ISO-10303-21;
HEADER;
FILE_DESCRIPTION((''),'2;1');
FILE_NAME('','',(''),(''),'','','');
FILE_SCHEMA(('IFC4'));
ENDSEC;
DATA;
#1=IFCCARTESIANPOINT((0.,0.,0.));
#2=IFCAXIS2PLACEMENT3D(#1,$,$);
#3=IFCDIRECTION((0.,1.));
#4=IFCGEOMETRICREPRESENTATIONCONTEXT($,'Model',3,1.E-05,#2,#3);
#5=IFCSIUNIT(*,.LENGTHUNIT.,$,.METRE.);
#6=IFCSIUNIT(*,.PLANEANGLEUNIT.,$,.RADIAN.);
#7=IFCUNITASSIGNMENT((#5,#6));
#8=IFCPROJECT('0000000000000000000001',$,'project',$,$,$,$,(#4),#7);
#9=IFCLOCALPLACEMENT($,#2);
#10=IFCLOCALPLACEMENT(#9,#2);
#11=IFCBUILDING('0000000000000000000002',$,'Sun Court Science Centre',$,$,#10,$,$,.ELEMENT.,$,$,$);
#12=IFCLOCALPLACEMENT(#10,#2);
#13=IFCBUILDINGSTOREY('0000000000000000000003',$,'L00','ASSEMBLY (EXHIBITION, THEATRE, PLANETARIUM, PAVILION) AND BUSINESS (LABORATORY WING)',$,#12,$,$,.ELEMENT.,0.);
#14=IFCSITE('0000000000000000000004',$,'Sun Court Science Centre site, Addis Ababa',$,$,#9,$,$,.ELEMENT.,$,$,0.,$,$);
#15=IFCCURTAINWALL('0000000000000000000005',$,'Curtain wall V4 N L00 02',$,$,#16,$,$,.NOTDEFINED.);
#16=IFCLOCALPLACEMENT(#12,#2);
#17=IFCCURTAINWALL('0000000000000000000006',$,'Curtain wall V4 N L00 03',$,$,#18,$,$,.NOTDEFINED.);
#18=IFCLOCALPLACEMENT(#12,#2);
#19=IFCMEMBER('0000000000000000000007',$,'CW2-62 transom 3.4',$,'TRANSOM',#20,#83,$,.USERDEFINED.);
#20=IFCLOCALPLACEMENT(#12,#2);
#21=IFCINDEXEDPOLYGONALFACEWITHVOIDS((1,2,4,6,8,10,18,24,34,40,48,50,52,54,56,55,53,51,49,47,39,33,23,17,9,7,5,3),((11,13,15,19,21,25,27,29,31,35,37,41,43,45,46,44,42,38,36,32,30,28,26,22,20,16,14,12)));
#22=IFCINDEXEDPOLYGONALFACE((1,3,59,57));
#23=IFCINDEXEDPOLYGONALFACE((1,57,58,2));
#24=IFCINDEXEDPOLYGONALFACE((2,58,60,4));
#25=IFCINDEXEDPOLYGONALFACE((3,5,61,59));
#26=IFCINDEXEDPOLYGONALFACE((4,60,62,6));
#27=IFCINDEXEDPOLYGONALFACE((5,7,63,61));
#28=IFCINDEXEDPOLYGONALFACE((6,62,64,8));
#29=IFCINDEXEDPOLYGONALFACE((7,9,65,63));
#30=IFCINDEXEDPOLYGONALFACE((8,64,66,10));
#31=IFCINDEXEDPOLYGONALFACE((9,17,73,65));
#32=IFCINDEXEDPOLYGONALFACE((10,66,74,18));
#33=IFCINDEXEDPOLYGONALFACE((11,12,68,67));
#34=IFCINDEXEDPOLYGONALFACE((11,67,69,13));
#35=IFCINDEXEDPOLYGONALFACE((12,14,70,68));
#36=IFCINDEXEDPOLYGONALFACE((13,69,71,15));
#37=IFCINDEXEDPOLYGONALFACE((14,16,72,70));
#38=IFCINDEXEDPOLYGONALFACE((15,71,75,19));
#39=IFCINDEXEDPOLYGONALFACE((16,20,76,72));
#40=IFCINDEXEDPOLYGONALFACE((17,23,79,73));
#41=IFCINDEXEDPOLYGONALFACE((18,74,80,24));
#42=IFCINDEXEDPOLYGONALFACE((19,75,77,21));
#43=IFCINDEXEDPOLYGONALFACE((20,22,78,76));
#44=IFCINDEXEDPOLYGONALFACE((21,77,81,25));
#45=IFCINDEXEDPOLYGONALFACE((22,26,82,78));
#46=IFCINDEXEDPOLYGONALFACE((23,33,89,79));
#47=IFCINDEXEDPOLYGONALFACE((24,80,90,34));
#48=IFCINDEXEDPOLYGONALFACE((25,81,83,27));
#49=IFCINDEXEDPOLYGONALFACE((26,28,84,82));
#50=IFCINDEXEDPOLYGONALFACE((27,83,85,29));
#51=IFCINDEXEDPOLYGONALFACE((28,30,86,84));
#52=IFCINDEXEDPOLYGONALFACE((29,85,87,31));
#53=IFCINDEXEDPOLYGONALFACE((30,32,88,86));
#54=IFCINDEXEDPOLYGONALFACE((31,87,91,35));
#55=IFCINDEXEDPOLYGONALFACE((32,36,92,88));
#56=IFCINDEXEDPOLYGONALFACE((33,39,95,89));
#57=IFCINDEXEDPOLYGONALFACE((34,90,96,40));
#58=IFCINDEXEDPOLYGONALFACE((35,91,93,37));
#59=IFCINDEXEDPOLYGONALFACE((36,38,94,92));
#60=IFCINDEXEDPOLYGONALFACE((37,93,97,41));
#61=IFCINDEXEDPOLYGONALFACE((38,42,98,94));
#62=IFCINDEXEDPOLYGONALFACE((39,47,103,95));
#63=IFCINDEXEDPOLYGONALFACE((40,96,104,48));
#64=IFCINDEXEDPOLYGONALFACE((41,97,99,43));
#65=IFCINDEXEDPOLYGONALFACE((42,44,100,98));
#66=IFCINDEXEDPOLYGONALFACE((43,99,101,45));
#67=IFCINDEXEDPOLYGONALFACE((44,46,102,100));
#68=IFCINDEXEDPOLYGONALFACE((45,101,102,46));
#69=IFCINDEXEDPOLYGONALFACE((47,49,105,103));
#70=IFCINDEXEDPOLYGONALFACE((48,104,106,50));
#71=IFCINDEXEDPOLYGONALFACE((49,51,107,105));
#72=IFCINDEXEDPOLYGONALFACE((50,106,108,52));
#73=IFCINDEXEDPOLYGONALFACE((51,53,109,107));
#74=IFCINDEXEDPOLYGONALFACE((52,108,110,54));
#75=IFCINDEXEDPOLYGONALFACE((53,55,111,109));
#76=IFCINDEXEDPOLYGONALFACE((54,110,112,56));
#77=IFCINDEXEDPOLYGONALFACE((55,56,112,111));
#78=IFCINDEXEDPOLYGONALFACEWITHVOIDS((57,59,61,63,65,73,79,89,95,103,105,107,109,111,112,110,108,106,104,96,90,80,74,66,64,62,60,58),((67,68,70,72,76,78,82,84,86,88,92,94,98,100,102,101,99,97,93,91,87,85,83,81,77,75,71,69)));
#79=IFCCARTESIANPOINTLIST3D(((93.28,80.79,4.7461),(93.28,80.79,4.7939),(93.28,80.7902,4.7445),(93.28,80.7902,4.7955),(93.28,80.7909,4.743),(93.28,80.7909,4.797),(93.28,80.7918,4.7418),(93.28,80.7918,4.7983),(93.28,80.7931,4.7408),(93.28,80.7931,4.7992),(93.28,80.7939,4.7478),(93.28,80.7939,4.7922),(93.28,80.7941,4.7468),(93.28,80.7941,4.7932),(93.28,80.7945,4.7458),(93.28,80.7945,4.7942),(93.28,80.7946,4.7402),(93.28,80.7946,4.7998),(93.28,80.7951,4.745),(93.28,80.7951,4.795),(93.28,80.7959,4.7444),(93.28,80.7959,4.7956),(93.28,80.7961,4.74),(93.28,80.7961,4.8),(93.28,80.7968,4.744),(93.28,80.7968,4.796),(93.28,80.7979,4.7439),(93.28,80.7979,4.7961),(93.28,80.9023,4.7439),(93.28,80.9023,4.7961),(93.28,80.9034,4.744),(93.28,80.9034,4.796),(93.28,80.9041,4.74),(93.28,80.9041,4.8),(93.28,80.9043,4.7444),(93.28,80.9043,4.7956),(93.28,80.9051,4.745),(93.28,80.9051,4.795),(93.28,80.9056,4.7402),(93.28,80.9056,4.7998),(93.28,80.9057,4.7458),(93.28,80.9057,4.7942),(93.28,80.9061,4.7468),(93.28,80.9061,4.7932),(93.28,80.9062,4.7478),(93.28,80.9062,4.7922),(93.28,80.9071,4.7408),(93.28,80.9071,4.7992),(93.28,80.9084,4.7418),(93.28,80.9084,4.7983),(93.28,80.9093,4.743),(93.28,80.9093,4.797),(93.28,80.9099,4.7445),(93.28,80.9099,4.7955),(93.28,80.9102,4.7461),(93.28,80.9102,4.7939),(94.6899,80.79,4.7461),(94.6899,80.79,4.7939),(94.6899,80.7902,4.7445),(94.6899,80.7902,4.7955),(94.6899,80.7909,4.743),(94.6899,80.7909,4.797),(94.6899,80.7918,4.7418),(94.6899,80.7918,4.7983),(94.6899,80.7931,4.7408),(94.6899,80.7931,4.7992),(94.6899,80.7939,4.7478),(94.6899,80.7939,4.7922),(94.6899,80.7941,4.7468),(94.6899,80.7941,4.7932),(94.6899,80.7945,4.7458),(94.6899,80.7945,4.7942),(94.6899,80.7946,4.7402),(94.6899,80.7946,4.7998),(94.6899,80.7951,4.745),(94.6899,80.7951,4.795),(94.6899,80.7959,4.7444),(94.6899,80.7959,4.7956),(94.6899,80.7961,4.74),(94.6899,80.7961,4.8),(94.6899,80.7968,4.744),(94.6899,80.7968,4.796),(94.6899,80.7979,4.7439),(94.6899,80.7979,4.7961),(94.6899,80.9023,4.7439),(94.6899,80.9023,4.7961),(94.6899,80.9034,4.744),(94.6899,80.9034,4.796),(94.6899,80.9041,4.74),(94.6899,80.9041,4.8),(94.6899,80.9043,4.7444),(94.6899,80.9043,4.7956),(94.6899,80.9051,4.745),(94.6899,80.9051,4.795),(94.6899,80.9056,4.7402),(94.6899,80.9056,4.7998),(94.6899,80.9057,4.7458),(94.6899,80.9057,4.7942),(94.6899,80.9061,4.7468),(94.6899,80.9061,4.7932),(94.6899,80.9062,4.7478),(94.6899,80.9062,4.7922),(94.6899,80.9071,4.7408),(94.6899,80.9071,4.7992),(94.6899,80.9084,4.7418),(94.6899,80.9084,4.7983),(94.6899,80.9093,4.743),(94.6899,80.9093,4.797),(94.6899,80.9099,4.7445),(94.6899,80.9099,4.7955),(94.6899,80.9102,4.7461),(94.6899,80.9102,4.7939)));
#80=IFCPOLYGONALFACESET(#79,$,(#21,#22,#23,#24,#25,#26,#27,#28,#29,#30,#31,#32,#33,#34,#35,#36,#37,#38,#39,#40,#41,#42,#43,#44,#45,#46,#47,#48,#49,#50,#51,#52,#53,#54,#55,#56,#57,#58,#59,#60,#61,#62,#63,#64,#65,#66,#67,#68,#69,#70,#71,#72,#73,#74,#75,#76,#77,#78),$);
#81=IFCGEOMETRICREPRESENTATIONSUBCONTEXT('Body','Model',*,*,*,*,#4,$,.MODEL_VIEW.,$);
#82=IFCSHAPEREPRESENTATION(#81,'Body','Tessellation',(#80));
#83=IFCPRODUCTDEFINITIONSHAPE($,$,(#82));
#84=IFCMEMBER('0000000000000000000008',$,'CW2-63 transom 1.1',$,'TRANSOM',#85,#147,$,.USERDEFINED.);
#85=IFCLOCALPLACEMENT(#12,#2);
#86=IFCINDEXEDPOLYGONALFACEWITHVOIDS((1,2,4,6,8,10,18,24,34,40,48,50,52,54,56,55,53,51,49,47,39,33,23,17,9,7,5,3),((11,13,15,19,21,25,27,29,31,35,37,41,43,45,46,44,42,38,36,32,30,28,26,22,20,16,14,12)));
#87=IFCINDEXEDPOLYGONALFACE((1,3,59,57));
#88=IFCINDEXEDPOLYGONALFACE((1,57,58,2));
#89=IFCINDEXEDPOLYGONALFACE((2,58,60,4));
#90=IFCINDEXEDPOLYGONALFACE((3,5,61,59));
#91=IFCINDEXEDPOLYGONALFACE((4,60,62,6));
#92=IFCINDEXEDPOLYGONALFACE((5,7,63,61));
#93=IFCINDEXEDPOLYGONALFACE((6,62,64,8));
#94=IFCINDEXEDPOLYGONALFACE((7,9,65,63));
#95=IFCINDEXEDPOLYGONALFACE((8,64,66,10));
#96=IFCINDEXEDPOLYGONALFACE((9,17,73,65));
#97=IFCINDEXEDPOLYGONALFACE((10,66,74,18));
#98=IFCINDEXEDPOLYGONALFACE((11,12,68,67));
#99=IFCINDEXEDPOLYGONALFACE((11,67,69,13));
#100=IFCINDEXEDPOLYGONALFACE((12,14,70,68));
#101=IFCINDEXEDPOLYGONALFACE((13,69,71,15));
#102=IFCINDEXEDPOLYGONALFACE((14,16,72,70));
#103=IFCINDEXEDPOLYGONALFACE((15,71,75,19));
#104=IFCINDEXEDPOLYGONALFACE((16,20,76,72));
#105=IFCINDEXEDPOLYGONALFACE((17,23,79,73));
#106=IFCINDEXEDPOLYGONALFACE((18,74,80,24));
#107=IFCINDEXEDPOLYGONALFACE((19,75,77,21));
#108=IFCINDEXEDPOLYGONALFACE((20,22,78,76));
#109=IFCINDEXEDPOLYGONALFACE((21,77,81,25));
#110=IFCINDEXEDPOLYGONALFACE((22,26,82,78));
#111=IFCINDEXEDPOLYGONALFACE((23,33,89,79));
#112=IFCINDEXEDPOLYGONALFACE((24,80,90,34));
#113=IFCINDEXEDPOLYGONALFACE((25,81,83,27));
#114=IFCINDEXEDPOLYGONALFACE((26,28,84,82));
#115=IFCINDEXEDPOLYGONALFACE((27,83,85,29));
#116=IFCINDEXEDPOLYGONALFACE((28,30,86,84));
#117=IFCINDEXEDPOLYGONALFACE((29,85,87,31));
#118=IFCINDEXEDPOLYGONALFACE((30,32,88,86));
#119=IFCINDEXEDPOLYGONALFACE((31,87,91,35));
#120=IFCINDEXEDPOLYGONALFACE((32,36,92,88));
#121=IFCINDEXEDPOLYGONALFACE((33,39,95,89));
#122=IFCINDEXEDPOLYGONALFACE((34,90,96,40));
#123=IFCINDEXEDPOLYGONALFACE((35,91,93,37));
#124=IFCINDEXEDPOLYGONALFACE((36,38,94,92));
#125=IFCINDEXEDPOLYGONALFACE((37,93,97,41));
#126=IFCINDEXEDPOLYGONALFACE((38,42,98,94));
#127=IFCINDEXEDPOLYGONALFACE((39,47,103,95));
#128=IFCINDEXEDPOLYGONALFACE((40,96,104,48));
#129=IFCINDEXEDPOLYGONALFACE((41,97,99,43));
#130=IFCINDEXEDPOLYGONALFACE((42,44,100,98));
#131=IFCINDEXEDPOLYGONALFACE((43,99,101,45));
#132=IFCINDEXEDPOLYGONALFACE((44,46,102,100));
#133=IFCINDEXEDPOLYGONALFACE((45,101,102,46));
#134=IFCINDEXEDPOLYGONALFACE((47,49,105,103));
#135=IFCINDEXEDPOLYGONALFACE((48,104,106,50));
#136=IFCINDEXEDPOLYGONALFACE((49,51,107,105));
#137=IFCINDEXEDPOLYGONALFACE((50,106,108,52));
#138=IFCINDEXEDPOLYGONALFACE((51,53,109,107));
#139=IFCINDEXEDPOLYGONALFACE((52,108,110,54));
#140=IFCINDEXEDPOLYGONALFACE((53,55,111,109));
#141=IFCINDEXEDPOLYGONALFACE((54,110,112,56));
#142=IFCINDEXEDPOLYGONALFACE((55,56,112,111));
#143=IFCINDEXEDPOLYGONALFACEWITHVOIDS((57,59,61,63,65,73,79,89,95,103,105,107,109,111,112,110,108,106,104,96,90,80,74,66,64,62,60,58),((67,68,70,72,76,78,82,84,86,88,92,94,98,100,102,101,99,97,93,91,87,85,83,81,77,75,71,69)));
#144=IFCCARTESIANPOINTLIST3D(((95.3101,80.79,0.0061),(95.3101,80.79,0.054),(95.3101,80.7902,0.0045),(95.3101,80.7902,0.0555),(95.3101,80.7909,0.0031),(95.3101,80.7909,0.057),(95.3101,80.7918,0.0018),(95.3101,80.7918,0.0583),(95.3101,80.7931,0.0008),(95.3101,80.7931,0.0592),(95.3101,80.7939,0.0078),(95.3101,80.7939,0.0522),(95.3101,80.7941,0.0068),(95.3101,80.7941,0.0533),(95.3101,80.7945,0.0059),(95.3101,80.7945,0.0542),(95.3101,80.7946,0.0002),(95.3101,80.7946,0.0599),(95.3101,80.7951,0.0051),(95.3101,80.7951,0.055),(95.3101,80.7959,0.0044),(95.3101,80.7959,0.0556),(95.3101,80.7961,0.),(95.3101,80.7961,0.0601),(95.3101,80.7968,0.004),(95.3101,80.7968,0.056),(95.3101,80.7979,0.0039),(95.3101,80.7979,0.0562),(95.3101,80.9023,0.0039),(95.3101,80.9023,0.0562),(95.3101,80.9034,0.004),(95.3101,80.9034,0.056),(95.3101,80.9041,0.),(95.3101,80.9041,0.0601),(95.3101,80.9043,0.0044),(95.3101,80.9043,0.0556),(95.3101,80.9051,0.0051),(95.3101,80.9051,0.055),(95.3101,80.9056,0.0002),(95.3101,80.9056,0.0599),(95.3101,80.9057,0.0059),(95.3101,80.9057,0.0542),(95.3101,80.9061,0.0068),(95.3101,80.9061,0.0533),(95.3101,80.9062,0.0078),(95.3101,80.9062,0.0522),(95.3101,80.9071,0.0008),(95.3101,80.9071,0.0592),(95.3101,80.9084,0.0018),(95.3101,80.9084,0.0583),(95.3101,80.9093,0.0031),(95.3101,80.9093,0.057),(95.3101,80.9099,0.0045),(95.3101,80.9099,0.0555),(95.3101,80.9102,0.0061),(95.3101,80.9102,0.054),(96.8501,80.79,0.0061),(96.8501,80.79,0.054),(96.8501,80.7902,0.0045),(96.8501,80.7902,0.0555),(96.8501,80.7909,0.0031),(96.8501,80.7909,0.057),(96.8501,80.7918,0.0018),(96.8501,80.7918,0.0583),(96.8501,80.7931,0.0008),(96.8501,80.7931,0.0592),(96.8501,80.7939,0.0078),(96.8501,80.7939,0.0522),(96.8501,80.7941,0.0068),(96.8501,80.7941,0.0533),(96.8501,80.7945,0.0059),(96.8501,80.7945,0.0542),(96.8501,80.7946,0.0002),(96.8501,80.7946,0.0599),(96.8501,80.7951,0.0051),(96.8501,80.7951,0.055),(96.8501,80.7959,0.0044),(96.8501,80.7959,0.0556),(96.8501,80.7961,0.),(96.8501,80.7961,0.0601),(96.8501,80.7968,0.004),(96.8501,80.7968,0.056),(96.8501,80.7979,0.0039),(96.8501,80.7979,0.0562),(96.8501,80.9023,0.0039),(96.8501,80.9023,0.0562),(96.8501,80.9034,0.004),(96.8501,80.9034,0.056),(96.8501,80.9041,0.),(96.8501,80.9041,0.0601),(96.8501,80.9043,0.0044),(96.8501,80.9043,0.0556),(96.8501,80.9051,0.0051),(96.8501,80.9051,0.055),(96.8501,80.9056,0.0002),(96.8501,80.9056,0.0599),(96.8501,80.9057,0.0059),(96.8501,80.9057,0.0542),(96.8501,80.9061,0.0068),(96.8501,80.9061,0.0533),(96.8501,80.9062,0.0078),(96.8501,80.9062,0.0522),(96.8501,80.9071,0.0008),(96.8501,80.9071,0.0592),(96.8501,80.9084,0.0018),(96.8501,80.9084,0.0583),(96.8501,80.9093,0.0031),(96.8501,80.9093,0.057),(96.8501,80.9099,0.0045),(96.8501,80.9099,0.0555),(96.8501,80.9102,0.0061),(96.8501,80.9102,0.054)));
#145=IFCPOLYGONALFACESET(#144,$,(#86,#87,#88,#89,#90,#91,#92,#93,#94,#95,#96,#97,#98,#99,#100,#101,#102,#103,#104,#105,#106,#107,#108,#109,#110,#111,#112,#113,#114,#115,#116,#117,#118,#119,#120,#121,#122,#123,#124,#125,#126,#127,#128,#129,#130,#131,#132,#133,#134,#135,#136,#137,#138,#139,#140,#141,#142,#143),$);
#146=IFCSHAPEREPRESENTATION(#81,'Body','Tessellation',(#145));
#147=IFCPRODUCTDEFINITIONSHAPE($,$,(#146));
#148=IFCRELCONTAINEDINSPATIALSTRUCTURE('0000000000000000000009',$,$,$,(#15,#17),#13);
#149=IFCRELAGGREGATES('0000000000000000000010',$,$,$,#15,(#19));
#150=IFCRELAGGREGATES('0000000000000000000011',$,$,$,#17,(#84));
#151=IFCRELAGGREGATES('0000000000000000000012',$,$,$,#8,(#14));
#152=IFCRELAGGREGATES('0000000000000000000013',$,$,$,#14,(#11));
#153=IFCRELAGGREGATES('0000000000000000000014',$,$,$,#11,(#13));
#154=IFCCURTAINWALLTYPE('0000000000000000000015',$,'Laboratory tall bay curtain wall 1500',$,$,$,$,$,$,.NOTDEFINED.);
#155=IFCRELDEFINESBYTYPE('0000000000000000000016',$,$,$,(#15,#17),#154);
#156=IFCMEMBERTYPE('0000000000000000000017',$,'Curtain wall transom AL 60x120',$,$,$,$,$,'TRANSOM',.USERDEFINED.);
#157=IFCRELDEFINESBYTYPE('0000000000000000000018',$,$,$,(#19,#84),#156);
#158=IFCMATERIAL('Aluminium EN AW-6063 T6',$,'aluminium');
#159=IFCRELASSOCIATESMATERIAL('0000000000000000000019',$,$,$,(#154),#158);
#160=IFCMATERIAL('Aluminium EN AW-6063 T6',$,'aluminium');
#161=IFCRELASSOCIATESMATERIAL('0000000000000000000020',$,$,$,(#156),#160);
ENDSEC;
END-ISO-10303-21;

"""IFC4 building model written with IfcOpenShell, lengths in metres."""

from ifc_helpers import new_model, si_unit, direction, frame, origin, origin_2d, place, context, subcontext, project, spatial, hollow_rectangle, extrude, material, material_profile, profile_set, type_object, element, aggregate, save


model = new_model("IFC4")

# Units and contexts
model_context = context("Model", 3, precision=1e-05, world=origin(), true_north=direction((0.0, 1.0)))
body_context = subcontext(model_context, "Body", "Model", "MODEL_VIEW")
ifc_project = project(units=[si_unit("LENGTHUNIT", "METRE"), si_unit("PLANEANGLEUNIT", "RADIAN")], contexts=[model_context])

# Site, building, storey
site_placement = place(None, origin())
site = spatial("IfcSite", under=ifc_project, at=site_placement, Name="Sun Court Science Centre site, Addis Ababa", CompositionType="ELEMENT", RefElevation=0.0)
building_placement = place(site_placement, origin())
building = spatial("IfcBuilding", under=site, at=building_placement, Name="Sun Court Science Centre", CompositionType="ELEMENT")
storey_placement = place(building_placement, origin())
storey = spatial("IfcBuildingStorey", under=building, at=storey_placement, Name="L00", Description="ASSEMBLY (EXHIBITION, THEATRE, PLANETARIUM, PAVILION) AND BUSINESS (LABORATORY WING)", CompositionType="ELEMENT", Elevation=0.0)

# Curtain walls
ifc_material_1 = material(Name="Aluminium EN AW-6063 T6", Category="aluminium")
curtain_wall_type = type_object("IfcCurtainWallType", Name="Laboratory tall bay curtain wall 1500", PredefinedType="NOTDEFINED", material=ifc_material_1)
curtain_wall_1_placement = place(storey_placement, origin())
curtain_wall_1 = element("IfcCurtainWall", 1, at=curtain_wall_1_placement, inside=storey, type_object=curtain_wall_type, Name="Curtain wall V4 N L00 02", PredefinedType="NOTDEFINED")
curtain_wall_2_placement = place(storey_placement, origin())
curtain_wall_2 = element("IfcCurtainWall", 2, at=curtain_wall_2_placement, inside=storey, type_object=curtain_wall_type, Name="Curtain wall V4 N L00 03", PredefinedType="NOTDEFINED")

# Members
ifc_material_2 = material(Name="Aluminium EN AW-6063 T6", Category="aluminium")
ifc_material_profile_1 = material_profile(ifc_material_2, hollow_rectangle(XDim=0.0601, YDim=0.1201, WallThickness=0.0039, InnerFilletRadius=0.0039, OuterFilletRadius=0.0061, at=origin_2d()), Name="AL 60x120x4")
ifc_profile_set_1 = profile_set([ifc_material_profile_1], Name="Aluminium EN AW-6063 T6")
member_type_1 = type_object("IfcMemberType", Name="Curtain wall transom AL 60x120", ElementType="TRANSOM", PredefinedType="USERDEFINED", material=ifc_profile_set_1)
member_1_placement = place(storey_placement, frame((93.28, 80.8501, 4.77), z_axis=(1.0, 0.0, 0.0), x_axis=(0.0, 0.0, 1.0)))
member_1 = element("IfcMember", 3, at=member_1_placement, type_object=member_type_1, Name="CW2-62 transom 3.4", ObjectType="TRANSOM", PredefinedType="USERDEFINED", context=body_context, shape_type="SweptSolid", body=[
    extrude(hollow_rectangle(XDim=0.0601, YDim=0.1201, WallThickness=0.0039, InnerFilletRadius=0.0039, OuterFilletRadius=0.0061, at=origin_2d()), origin(), (0.0, 0.0, 1.0), 1.4099),
])
member_2_placement = place(storey_placement, frame((95.3101, 80.8501, 0.03), z_axis=(1.0, 0.0, 0.0), x_axis=(0.0, 0.0, 1.0)))
member_2 = element("IfcMember", 4, at=member_2_placement, type_object=member_type_1, Name="CW2-63 transom 1.1", ObjectType="TRANSOM", PredefinedType="USERDEFINED", context=body_context, shape_type="SweptSolid", body=[
    extrude(hollow_rectangle(XDim=0.0601, YDim=0.1201, WallThickness=0.0039, InnerFilletRadius=0.0039, OuterFilletRadius=0.0061, at=origin_2d()), origin(), (0.0, 0.0, 1.0), 1.54),
])

aggregate(curtain_wall_1, [member_1])
aggregate(curtain_wall_2, [member_2])

save(model, "model.ifc")
